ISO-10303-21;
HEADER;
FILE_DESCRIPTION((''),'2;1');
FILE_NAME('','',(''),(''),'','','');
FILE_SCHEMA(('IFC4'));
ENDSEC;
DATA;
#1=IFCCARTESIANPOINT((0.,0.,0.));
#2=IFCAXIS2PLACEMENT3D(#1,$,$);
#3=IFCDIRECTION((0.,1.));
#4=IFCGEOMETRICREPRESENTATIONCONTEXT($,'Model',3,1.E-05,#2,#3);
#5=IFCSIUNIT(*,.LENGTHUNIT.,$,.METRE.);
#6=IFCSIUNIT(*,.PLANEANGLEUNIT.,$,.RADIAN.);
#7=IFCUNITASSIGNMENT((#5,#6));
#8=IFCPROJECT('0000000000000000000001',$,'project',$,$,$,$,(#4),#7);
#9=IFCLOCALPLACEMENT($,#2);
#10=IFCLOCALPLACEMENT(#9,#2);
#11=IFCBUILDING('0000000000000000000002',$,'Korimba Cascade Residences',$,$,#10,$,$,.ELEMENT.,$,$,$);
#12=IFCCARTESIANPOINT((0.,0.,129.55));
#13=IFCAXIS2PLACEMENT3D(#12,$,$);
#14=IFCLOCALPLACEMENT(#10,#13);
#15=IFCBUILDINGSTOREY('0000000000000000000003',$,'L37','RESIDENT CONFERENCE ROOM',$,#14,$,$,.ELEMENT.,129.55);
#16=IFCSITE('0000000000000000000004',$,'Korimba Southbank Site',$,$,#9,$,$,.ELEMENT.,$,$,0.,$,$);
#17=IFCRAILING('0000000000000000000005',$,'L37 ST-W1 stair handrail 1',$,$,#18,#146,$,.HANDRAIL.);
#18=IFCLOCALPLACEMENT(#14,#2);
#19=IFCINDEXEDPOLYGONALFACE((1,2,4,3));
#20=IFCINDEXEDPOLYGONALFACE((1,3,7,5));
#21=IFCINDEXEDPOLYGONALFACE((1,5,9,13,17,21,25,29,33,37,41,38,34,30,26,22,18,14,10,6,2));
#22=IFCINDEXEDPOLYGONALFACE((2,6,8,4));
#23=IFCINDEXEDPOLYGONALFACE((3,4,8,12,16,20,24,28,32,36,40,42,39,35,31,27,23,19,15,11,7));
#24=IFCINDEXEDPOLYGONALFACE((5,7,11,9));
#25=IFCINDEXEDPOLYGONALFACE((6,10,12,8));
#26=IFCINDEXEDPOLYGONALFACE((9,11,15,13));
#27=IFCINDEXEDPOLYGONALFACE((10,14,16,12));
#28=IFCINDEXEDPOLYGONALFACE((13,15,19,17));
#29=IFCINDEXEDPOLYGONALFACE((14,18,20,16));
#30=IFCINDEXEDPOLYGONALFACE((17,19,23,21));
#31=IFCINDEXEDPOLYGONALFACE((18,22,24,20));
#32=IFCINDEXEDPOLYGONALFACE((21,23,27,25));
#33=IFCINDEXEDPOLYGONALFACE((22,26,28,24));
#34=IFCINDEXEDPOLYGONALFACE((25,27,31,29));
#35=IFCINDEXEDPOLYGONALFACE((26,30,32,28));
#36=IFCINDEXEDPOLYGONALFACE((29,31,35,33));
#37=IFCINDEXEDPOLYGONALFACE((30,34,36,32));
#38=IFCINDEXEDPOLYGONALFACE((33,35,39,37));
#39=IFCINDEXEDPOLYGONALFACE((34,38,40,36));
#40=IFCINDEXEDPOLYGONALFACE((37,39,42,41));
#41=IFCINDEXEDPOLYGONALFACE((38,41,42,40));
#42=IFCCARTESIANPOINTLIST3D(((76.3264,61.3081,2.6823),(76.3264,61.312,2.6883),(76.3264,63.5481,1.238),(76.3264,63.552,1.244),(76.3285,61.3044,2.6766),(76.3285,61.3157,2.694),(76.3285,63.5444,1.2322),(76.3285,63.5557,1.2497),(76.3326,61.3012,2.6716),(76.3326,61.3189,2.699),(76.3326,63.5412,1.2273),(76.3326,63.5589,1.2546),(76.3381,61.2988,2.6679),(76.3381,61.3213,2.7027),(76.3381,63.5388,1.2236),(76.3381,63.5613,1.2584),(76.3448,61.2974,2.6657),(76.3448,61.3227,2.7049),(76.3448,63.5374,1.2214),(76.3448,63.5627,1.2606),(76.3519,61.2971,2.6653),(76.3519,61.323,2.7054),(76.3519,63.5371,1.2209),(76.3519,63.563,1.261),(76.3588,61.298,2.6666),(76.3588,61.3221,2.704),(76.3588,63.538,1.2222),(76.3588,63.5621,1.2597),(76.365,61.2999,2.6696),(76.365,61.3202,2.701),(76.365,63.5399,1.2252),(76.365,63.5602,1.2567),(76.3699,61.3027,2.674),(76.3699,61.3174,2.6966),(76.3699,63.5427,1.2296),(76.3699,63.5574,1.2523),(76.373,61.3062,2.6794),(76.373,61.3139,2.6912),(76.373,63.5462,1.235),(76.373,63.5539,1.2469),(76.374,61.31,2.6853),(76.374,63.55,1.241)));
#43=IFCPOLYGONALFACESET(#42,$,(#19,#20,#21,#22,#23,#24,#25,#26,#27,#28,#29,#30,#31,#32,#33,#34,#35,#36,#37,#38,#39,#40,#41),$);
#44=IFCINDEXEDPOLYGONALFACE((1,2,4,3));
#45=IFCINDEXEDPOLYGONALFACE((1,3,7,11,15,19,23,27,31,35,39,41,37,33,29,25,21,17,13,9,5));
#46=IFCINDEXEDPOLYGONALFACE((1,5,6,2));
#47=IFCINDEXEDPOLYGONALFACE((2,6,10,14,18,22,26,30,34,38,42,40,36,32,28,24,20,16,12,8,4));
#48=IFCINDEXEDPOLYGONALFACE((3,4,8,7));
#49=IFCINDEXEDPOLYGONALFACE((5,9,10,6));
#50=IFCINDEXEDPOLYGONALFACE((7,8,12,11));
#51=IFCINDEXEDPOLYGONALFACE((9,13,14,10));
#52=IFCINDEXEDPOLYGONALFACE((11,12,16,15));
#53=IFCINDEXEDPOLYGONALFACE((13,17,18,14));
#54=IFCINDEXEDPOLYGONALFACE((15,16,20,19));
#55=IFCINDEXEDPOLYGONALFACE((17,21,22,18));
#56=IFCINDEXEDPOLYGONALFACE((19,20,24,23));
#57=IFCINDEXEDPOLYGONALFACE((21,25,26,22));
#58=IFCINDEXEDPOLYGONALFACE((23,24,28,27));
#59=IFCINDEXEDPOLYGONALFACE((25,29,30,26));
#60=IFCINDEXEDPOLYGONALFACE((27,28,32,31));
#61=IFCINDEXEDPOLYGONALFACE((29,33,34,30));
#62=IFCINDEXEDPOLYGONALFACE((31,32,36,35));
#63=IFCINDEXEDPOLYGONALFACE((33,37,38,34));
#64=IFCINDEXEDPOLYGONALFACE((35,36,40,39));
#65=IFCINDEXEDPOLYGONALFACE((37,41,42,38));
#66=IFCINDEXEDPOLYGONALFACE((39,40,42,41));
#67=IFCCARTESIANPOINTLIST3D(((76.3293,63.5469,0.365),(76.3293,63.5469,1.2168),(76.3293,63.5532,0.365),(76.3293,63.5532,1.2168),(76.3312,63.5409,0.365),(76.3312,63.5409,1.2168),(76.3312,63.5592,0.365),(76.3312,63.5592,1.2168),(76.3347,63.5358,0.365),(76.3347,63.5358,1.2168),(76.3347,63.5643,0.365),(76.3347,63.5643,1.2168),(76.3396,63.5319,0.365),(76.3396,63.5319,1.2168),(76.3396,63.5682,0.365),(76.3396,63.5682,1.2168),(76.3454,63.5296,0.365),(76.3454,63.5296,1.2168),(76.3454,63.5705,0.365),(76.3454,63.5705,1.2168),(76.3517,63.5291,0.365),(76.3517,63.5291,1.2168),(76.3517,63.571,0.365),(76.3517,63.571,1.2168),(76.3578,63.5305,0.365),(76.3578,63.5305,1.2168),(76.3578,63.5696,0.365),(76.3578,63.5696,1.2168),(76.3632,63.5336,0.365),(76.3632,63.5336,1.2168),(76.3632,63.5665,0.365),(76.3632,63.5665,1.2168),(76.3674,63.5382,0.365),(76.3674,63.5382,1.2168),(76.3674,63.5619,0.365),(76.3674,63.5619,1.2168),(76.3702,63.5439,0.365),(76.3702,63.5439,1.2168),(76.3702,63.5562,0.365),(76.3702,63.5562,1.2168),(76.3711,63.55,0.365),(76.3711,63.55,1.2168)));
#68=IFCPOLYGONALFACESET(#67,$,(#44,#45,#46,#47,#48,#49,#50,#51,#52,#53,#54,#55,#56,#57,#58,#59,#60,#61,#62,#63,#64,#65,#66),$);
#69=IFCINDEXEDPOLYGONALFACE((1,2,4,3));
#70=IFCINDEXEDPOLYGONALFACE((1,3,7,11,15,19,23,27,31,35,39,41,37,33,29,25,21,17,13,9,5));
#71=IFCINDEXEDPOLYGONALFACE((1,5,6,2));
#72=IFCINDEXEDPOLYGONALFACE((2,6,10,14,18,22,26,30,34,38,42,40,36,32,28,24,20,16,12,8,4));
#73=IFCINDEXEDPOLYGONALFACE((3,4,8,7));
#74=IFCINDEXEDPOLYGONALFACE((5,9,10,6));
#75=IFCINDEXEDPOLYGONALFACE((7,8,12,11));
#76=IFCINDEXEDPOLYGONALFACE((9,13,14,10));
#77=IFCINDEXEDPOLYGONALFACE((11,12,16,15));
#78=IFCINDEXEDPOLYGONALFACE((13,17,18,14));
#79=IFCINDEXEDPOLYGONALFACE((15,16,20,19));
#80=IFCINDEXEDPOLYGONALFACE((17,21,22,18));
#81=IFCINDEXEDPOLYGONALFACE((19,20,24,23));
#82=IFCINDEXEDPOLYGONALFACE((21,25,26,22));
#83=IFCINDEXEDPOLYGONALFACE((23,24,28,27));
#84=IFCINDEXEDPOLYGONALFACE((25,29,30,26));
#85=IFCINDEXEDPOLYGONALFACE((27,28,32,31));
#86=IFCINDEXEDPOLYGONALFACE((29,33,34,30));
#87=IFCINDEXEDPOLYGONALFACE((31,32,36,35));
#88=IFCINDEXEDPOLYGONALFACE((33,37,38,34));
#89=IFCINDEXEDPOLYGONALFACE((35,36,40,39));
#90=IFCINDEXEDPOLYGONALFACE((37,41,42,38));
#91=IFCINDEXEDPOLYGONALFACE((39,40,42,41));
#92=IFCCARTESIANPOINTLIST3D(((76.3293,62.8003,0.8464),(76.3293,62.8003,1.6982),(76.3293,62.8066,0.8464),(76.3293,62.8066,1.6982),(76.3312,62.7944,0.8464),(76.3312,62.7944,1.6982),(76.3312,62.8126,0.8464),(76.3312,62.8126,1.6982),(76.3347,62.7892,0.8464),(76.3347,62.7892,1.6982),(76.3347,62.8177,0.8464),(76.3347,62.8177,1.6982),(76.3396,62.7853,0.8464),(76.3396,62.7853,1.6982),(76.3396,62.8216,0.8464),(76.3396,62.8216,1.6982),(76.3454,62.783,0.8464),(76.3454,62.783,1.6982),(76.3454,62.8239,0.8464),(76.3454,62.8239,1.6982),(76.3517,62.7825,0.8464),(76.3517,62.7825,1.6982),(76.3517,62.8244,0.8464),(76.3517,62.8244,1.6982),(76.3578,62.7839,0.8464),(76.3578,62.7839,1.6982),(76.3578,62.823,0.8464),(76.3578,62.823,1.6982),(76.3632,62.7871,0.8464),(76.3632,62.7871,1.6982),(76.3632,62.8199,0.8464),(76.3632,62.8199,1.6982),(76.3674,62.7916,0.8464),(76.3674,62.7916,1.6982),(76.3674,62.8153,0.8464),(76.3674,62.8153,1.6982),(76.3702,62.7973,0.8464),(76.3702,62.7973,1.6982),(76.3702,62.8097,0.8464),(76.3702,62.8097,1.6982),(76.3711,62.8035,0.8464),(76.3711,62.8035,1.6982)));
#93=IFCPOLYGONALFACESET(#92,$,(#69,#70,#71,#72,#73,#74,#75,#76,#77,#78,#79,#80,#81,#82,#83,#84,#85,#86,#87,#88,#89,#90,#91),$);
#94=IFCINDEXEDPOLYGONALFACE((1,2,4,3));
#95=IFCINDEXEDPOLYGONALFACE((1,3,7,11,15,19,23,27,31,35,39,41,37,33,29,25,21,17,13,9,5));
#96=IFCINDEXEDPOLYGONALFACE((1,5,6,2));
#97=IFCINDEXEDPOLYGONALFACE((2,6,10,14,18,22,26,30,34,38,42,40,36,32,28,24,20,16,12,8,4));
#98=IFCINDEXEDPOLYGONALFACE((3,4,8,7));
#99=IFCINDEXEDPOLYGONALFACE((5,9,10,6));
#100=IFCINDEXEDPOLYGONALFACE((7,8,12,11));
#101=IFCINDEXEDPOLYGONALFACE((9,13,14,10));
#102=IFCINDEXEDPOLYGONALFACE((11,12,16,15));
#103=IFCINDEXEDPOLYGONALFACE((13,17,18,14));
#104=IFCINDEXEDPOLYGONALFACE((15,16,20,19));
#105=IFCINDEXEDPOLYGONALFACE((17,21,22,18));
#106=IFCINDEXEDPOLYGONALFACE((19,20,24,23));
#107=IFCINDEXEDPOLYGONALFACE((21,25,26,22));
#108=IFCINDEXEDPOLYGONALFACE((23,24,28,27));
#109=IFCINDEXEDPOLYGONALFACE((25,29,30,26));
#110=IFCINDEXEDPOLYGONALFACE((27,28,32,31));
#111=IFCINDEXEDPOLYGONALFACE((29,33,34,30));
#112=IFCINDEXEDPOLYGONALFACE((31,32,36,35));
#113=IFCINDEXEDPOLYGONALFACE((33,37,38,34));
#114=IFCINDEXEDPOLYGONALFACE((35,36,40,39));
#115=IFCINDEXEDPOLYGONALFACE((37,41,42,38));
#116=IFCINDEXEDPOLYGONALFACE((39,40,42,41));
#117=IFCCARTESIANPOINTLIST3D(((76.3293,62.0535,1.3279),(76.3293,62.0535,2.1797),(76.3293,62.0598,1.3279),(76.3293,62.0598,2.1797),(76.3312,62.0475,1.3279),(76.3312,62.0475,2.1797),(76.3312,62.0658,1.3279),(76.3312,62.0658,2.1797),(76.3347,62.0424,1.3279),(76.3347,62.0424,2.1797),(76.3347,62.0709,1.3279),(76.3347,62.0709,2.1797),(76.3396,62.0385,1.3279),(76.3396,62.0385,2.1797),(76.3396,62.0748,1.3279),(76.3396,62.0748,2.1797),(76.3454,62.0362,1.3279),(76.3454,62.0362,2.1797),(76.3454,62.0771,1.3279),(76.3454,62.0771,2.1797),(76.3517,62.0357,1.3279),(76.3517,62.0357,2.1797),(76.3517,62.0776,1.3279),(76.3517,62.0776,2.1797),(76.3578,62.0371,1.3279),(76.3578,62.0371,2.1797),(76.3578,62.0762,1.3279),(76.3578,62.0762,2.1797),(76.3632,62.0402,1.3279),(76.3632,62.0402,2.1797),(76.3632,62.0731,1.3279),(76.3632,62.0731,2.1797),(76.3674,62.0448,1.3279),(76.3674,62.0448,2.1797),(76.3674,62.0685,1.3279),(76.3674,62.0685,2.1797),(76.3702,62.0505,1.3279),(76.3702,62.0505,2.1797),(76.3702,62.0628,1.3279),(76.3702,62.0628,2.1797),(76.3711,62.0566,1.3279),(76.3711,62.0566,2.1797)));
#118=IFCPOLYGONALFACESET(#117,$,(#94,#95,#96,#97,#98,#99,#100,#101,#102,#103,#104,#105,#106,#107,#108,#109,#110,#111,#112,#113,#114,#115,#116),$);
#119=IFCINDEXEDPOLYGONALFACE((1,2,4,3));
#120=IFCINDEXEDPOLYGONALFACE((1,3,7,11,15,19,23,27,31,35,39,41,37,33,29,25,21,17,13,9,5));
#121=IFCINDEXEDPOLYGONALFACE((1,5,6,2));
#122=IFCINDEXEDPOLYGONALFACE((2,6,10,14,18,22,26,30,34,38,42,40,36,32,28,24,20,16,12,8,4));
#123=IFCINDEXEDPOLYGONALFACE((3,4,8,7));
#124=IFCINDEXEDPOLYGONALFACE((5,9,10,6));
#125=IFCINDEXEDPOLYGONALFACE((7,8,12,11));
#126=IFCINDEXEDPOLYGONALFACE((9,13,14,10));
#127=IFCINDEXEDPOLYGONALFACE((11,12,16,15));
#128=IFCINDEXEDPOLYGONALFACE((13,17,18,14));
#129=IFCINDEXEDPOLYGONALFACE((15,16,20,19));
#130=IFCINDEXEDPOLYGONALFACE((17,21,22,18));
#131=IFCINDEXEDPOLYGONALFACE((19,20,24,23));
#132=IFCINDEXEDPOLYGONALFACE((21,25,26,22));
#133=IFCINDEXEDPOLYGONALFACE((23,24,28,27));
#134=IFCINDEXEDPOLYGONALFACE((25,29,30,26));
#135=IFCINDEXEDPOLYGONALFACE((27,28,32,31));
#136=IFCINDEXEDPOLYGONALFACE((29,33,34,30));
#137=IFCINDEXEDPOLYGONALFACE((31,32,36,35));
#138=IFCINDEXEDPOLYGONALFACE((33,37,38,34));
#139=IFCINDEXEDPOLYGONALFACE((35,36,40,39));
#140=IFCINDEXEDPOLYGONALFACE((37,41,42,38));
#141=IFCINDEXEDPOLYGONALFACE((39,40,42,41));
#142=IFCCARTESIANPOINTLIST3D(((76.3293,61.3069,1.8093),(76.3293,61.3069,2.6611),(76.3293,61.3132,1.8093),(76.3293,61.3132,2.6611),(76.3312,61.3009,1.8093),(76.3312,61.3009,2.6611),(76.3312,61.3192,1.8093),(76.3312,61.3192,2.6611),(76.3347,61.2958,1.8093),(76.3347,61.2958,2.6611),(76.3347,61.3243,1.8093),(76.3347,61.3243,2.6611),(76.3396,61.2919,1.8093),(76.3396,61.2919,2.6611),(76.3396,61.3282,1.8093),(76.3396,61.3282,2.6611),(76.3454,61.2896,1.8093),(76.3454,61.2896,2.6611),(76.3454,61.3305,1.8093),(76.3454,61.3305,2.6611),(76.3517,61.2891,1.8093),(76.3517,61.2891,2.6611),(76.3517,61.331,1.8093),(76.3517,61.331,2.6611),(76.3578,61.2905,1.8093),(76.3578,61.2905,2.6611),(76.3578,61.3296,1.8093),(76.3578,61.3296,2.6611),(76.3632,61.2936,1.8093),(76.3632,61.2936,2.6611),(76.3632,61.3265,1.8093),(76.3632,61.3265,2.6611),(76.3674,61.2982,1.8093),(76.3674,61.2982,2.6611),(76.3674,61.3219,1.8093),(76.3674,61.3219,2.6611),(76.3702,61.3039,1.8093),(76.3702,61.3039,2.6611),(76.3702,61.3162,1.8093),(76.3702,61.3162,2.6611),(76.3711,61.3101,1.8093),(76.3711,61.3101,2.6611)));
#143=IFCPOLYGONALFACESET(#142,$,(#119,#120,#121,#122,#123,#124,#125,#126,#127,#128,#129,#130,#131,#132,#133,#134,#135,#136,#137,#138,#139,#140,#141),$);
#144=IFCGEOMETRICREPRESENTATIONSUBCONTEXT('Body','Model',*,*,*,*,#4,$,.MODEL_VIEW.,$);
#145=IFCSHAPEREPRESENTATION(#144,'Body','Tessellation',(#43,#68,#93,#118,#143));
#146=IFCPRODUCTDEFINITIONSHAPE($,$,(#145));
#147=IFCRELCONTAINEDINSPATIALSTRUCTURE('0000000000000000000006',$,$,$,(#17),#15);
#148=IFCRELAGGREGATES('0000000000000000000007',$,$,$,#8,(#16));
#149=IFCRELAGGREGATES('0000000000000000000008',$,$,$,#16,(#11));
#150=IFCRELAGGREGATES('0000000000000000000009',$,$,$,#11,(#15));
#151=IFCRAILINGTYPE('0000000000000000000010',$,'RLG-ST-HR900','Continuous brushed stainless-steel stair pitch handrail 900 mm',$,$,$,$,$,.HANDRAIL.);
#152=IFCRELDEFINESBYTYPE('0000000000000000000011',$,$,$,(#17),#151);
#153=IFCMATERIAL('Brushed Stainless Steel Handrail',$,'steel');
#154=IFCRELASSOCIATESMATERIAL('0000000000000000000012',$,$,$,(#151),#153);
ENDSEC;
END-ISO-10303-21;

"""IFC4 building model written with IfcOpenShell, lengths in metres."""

from ifc_helpers import new_model, si_unit, direction, frame, origin, origin_2d, place, context, subcontext, project, spatial, circle, extrude, material, type_object, element, save


model = new_model("IFC4")

# Units and contexts
model_context = context("Model", 3, precision=1e-05, world=origin(), true_north=direction((0.0, 1.0)))
body_context = subcontext(model_context, "Body", "Model", "MODEL_VIEW")
ifc_project = project(units=[si_unit("LENGTHUNIT", "METRE"), si_unit("PLANEANGLEUNIT", "RADIAN")], contexts=[model_context])

# Site, building, storey
site_placement = place(None, origin())
site = spatial("IfcSite", under=ifc_project, at=site_placement, Name="Korimba Southbank Site", CompositionType="ELEMENT", RefElevation=0.0)
building_placement = place(site_placement, origin())
building = spatial("IfcBuilding", under=site, at=building_placement, Name="Korimba Cascade Residences", CompositionType="ELEMENT")
storey_placement = place(building_placement, frame((0.0, 0.0, 129.55)))
storey = spatial("IfcBuildingStorey", under=building, at=storey_placement, Name="L37", Description="RESIDENT CONFERENCE ROOM", CompositionType="ELEMENT", Elevation=129.55)

# Railing
ifc_material_1 = material(Name="Brushed Stainless Steel Handrail", Category="steel")
railing_type_1 = type_object("IfcRailingType", Name="RLG-ST-HR900", Description="Continuous brushed stainless-steel stair pitch handrail 900 mm", PredefinedType="HANDRAIL", material=ifc_material_1)
railing_1_placement = place(storey_placement, frame((76.3501, 63.55, 0.365)))
element("IfcRailing", 1, at=railing_1_placement, inside=storey, type_object=railing_type_1, Name="L37 ST-W1 stair handrail 1", PredefinedType="HANDRAIL", context=body_context, shape_type="SweptSolid", body=[
    extrude(circle(Radius=0.0239, at=origin_2d()), frame((0.0, 0.0, 0.876), z_axis=(0.0, -0.840437, 0.54191), x_axis=(1.0, 0.0, 0.0)), (0.0, 0.0, 1.0), 2.6653),
    extrude(circle(Radius=0.021, at=origin_2d()), origin(), (0.0, 0.0, 1.0), 0.8518),
    extrude(circle(Radius=0.021, at=origin_2d()), frame((0.0, -0.7466, 0.4814)), (0.0, 0.0, 1.0), 0.8518),
    extrude(circle(Radius=0.021, at=origin_2d()), frame((0.0, -1.4934, 0.9629)), (0.0, 0.0, 1.0), 0.8518),
    extrude(circle(Radius=0.021, at=origin_2d()), frame((0.0, -2.24, 1.4443)), (0.0, 0.0, 1.0), 0.8518),
])

save(model, "model.ifc")
